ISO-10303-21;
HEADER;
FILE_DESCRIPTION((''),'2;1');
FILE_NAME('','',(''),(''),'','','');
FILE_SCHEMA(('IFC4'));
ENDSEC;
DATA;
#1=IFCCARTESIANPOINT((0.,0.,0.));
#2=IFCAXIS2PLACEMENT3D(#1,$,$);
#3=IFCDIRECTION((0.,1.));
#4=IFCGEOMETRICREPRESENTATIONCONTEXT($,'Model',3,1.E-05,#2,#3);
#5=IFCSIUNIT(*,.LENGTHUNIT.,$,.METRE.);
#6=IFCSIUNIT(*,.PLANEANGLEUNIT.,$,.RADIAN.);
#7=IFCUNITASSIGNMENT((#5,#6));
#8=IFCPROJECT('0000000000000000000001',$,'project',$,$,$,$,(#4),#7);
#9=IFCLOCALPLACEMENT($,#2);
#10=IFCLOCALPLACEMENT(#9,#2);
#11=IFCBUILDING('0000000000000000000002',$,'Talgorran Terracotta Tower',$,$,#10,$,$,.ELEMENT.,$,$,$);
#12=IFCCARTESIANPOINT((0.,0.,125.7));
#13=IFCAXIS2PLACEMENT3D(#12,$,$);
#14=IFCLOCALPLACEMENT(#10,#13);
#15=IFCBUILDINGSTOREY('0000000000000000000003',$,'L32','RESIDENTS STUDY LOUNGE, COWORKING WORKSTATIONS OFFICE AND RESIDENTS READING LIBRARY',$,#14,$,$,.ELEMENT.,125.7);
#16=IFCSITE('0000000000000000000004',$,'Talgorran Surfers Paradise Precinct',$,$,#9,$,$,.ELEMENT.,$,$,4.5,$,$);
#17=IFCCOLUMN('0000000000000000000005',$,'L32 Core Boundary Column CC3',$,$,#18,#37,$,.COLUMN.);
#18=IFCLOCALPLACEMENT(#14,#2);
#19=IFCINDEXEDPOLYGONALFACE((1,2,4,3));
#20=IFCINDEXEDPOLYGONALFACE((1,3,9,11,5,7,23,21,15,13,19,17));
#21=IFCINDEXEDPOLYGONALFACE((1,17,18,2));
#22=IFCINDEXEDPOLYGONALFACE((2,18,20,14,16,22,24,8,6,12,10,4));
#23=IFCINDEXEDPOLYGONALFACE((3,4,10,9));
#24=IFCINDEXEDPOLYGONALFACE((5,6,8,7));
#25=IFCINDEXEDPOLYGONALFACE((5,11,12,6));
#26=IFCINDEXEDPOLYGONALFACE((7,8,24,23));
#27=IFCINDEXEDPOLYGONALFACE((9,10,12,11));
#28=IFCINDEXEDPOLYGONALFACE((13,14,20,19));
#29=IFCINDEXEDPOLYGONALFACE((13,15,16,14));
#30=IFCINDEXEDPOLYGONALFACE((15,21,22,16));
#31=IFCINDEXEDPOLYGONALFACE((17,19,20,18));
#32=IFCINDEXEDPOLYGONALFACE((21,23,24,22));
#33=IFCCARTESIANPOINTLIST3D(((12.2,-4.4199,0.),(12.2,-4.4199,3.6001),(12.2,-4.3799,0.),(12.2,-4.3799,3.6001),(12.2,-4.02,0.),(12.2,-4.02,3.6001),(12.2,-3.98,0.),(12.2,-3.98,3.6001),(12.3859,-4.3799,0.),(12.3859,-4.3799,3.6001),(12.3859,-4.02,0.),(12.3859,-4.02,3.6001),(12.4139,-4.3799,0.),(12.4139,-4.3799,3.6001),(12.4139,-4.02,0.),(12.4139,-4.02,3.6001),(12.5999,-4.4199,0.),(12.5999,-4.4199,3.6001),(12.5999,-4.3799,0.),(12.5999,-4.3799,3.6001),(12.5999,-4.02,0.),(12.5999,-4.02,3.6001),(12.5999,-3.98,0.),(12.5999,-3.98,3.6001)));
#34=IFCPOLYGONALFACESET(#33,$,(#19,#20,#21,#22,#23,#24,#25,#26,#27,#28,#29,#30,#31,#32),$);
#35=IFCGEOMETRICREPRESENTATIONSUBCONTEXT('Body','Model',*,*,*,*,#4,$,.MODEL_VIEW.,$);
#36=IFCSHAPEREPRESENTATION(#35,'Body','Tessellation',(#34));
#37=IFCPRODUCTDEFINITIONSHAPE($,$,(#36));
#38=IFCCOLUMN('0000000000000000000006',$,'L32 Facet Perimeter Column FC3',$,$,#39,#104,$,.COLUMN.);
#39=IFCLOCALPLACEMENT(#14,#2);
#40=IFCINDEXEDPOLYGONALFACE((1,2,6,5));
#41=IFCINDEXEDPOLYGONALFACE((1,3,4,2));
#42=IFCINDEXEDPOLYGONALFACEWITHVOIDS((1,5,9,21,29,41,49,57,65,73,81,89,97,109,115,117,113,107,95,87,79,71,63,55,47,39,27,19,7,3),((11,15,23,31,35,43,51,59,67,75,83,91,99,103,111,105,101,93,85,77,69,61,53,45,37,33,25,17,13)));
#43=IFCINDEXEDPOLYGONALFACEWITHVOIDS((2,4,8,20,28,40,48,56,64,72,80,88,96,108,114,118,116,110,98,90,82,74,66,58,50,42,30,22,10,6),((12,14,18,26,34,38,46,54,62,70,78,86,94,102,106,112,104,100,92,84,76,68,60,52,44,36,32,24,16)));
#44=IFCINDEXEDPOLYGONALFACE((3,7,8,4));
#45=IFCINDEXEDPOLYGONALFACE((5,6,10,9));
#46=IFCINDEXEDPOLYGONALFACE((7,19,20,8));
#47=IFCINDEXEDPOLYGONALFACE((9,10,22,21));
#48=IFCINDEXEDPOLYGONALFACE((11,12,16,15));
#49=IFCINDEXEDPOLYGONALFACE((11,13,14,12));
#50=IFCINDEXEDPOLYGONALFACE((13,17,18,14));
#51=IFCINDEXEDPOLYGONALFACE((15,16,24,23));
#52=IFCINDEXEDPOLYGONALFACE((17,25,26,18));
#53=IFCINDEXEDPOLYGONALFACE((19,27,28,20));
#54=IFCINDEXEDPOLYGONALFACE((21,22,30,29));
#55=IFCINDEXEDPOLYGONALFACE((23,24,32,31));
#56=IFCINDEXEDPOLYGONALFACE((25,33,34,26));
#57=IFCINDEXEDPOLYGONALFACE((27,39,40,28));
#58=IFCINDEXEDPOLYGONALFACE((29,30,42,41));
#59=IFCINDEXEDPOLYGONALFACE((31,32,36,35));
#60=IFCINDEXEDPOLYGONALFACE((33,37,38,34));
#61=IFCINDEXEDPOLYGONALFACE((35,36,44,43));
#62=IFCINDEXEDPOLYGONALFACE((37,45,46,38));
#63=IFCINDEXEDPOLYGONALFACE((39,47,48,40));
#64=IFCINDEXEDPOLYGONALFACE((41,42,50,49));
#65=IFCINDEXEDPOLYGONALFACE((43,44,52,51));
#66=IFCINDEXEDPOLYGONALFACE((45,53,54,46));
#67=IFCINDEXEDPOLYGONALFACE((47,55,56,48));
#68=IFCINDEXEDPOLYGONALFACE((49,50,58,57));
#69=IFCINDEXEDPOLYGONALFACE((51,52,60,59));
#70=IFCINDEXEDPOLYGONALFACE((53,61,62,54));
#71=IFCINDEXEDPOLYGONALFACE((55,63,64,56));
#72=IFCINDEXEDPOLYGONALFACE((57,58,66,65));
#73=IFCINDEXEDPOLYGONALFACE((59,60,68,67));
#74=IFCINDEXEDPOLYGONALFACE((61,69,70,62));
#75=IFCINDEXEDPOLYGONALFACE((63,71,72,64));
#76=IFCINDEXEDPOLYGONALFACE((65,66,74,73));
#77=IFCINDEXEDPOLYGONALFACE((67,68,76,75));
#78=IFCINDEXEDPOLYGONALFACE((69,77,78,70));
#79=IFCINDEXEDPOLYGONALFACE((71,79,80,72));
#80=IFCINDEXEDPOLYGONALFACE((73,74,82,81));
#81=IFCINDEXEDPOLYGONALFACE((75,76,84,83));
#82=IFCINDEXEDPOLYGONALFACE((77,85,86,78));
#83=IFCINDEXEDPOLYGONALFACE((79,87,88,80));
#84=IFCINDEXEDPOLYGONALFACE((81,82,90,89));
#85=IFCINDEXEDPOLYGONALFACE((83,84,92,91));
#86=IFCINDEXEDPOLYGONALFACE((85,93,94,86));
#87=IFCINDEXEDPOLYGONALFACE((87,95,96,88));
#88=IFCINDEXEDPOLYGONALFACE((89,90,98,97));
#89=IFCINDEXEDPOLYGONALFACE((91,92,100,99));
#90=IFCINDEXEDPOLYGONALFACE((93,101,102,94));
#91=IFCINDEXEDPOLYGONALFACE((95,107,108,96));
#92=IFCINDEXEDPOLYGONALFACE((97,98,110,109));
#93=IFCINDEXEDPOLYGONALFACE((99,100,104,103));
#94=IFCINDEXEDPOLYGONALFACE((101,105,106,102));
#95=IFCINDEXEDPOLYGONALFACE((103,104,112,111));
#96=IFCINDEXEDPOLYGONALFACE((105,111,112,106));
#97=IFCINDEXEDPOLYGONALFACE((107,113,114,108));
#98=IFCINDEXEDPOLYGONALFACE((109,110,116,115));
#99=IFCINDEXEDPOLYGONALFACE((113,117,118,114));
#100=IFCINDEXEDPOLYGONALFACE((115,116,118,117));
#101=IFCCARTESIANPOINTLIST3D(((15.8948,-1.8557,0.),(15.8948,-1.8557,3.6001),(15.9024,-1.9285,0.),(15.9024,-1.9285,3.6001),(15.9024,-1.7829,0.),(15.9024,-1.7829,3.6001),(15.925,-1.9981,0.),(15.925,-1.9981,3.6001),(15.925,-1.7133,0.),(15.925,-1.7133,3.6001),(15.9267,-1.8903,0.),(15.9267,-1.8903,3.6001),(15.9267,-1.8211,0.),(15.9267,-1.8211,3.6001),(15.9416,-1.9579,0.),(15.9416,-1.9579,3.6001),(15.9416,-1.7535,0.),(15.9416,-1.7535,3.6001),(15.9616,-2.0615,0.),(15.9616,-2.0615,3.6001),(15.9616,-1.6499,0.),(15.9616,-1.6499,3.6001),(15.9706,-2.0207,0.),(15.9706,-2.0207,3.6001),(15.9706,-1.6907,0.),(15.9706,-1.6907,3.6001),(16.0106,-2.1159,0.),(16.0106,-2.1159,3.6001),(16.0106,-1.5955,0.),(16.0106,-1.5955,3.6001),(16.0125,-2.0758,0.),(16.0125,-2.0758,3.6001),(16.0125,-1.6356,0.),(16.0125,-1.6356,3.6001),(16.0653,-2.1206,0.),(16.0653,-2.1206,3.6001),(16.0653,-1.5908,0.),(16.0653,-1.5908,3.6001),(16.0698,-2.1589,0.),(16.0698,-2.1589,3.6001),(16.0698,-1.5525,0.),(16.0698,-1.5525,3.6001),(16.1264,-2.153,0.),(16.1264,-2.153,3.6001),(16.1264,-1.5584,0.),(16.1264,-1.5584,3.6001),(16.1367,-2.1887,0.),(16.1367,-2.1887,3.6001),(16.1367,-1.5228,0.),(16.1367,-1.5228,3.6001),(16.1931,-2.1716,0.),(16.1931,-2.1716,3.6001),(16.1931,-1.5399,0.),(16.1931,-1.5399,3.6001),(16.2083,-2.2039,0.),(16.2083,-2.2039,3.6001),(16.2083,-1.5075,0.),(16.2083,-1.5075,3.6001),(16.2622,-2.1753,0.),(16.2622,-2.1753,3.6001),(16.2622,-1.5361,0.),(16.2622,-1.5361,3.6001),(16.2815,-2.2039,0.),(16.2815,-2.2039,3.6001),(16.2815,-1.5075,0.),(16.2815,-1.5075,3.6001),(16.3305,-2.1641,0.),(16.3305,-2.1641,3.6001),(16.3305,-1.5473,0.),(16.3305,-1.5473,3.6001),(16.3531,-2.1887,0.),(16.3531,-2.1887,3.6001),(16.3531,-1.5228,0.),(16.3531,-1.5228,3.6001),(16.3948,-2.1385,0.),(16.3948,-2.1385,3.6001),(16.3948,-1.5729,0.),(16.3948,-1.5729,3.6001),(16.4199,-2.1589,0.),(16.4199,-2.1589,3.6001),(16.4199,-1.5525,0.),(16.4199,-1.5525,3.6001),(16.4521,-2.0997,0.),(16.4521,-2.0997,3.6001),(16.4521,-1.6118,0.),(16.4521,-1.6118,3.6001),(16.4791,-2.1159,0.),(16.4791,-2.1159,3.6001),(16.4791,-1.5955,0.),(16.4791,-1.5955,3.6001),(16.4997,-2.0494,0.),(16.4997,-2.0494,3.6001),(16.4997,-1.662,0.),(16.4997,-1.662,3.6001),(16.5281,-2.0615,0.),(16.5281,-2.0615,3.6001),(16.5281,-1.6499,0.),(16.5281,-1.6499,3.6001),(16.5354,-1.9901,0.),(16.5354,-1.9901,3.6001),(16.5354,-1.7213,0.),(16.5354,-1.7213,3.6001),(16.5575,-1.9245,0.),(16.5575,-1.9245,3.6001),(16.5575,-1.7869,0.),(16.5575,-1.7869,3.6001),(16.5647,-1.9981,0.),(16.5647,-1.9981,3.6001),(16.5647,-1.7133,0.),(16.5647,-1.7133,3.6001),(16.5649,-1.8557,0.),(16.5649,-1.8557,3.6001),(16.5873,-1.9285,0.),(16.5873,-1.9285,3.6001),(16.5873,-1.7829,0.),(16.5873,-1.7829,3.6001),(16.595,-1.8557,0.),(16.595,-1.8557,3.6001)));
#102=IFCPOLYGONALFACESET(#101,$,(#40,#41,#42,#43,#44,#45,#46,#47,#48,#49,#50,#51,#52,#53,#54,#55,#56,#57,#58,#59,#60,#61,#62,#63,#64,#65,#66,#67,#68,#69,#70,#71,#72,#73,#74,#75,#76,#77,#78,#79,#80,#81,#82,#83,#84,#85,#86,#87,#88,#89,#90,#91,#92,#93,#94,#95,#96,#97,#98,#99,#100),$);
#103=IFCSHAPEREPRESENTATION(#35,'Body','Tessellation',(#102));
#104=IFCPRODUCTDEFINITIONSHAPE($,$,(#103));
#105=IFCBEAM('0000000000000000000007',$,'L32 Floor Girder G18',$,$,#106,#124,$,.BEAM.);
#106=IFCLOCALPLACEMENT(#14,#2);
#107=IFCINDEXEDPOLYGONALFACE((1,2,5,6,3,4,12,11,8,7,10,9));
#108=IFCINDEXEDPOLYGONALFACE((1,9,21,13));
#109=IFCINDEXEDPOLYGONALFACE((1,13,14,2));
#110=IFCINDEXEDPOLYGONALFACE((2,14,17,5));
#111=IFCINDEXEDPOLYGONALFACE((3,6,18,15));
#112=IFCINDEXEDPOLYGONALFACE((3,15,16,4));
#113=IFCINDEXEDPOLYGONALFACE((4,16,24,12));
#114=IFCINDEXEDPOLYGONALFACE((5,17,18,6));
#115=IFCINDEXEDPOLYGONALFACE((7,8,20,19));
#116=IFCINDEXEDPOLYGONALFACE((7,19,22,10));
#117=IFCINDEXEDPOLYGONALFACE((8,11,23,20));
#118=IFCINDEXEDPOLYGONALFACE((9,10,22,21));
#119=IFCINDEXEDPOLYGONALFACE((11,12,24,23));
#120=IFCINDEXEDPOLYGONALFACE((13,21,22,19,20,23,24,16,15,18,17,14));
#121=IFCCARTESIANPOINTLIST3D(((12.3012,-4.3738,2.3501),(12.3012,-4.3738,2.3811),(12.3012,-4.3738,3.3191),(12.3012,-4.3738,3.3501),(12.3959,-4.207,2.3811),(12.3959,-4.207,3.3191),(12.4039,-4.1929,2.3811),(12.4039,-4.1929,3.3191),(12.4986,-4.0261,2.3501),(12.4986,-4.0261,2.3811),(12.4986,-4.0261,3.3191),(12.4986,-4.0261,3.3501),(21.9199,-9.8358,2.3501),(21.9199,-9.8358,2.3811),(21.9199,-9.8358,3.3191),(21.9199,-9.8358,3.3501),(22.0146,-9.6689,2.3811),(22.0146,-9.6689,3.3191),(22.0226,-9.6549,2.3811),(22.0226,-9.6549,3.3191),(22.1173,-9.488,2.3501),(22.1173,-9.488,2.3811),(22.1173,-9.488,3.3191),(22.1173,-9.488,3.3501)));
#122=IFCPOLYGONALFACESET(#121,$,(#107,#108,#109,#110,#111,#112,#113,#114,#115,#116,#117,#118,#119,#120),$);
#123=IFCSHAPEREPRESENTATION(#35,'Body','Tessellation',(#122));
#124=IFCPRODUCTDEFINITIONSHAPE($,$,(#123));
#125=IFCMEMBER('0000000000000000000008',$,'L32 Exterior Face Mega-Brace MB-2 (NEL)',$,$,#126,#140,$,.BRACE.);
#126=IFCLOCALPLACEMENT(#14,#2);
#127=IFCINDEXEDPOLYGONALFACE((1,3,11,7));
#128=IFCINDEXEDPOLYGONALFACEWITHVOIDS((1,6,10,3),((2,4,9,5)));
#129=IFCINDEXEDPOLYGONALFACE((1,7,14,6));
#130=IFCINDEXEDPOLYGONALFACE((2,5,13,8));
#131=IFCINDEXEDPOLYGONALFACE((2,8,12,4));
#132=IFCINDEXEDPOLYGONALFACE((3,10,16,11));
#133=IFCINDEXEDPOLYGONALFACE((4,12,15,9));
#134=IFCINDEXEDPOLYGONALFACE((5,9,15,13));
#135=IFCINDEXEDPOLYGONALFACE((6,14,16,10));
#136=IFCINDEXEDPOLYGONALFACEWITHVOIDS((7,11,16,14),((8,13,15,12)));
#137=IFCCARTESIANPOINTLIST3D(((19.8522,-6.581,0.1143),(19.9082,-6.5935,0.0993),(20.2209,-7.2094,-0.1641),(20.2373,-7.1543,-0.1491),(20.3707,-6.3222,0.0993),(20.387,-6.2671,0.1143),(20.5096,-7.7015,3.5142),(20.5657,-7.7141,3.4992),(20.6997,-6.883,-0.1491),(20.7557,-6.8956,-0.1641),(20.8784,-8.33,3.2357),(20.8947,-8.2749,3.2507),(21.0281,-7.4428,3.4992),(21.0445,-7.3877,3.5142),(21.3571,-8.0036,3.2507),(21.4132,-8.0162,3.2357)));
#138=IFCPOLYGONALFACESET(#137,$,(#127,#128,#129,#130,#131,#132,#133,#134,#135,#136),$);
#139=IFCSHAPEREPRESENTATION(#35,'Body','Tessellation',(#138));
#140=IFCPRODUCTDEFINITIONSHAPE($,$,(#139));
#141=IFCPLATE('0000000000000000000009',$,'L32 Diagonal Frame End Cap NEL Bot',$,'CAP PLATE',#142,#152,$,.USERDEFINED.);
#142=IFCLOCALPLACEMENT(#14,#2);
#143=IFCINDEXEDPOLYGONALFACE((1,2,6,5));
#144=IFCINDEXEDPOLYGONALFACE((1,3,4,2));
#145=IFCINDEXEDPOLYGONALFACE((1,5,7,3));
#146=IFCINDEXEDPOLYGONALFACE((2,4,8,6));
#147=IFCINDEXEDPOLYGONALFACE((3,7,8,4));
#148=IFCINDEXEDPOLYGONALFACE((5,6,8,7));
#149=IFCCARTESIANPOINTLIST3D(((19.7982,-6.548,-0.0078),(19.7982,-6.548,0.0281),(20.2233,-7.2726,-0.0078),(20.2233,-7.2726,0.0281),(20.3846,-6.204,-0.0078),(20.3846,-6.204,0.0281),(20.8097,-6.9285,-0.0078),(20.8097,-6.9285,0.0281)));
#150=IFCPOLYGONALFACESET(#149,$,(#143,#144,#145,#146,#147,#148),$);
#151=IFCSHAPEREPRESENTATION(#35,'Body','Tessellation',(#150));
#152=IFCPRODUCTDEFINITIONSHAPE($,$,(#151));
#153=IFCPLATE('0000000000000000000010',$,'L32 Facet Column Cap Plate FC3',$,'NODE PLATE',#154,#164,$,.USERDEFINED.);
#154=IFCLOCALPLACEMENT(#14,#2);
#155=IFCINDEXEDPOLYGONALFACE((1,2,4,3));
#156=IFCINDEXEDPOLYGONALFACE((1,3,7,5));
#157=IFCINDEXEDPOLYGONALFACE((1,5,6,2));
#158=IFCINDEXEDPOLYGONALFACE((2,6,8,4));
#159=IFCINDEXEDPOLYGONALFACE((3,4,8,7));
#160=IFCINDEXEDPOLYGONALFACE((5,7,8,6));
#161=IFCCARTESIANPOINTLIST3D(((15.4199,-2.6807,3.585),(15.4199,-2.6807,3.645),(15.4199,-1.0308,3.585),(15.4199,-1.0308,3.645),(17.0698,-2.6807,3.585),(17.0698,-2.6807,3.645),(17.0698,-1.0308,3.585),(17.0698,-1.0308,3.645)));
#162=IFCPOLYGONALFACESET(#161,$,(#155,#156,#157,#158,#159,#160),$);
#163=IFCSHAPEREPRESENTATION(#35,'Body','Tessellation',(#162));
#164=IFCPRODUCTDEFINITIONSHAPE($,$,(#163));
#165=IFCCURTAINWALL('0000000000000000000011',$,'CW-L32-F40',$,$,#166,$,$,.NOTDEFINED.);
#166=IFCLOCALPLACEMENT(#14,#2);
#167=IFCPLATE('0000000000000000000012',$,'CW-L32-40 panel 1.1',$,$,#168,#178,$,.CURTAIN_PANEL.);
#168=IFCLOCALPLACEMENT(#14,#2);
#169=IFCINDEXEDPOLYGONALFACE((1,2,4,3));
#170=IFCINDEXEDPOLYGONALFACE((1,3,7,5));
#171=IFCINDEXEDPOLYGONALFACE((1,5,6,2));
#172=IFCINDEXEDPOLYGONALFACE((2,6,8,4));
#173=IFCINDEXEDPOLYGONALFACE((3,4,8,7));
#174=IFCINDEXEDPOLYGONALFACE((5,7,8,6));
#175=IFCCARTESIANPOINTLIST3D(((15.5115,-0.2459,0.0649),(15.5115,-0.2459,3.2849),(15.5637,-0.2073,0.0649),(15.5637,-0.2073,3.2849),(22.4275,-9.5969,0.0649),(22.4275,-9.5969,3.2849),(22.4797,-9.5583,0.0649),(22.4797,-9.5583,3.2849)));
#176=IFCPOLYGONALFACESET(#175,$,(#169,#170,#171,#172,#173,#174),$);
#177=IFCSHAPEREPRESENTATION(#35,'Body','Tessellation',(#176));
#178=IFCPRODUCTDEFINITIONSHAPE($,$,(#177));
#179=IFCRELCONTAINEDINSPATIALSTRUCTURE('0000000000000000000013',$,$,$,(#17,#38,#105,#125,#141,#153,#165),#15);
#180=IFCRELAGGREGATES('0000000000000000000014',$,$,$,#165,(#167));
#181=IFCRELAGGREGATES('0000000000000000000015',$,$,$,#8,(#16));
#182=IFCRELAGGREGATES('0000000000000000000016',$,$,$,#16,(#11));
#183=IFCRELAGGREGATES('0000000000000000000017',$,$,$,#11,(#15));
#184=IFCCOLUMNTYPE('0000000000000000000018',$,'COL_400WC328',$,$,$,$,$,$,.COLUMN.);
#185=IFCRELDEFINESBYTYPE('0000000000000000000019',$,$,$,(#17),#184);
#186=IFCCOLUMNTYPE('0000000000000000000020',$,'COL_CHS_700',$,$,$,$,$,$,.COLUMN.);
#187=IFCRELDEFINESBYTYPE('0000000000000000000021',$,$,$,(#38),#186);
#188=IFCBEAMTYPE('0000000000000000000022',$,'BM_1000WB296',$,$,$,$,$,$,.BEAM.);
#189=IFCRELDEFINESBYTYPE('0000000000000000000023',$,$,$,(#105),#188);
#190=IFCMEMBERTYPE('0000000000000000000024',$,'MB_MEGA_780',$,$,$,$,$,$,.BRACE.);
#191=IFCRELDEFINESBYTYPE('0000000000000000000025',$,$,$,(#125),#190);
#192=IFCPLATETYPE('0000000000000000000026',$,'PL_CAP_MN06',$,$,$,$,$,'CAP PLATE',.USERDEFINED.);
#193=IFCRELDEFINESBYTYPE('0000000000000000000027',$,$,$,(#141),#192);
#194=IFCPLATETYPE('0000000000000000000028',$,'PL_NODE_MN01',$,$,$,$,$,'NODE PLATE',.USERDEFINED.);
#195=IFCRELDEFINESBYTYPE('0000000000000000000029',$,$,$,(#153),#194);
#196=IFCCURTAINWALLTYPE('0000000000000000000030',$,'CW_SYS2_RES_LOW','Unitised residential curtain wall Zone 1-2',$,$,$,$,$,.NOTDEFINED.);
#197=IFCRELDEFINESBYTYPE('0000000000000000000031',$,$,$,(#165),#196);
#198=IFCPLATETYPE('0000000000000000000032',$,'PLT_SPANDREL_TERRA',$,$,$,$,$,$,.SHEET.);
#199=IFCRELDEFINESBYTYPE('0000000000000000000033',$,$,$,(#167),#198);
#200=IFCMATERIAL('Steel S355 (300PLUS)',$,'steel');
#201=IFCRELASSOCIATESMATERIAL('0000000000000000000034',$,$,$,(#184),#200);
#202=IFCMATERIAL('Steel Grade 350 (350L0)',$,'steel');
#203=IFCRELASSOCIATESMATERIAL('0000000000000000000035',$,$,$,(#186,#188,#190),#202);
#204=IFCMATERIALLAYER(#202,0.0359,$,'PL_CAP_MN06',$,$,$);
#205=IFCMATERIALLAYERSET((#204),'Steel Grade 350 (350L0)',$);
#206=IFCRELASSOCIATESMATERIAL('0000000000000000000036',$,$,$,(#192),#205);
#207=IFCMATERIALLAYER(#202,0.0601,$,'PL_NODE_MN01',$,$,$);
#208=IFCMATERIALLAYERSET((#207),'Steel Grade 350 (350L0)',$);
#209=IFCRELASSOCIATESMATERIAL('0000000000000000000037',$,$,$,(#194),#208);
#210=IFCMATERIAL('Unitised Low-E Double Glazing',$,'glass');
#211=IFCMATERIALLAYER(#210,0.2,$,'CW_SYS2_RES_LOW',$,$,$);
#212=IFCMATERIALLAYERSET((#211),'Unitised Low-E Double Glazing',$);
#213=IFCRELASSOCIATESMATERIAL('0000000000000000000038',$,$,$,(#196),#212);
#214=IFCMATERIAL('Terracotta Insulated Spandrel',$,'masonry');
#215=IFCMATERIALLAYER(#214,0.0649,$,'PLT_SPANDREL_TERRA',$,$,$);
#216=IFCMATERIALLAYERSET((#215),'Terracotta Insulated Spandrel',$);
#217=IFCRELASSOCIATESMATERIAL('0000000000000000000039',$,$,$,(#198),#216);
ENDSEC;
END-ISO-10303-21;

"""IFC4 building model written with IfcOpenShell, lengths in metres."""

from ifc_helpers import new_model, si_unit, direction, frame, origin, origin_2d, place, context, subcontext, project, spatial, rectangle, hollow_rectangle, hollow_circle, i_section, extrude, source, transform, mapped, material, layer, layer_set, material_profile, profile_set, type_object, type_shapes, element, aggregate, save


model = new_model("IFC4")

# Units and contexts
model_context = context("Model", 3, precision=1e-05, world=origin(), true_north=direction((0.0, 1.0)))
body_context = subcontext(model_context, "Body", "Model", "MODEL_VIEW")
ifc_project = project(units=[si_unit("LENGTHUNIT", "METRE"), si_unit("PLANEANGLEUNIT", "RADIAN")], contexts=[model_context])

# Site, building, storey
site_placement = place(None, origin())
site = spatial("IfcSite", under=ifc_project, at=site_placement, Name="Talgorran Surfers Paradise Precinct", CompositionType="ELEMENT", RefElevation=4.5)
building_placement = place(site_placement, origin())
building = spatial("IfcBuilding", under=site, at=building_placement, Name="Talgorran Terracotta Tower", CompositionType="ELEMENT")
storey_placement = place(building_placement, frame((0.0, 0.0, 125.7)))
storey = spatial("IfcBuildingStorey", under=building, at=storey_placement, Name="L32", Description="RESIDENTS STUDY LOUNGE, COWORKING WORKSTATIONS OFFICE AND RESIDENTS READING LIBRARY", CompositionType="ELEMENT", Elevation=125.7)

# Columns
ifc_material_1 = material(Name="Steel S355 (300PLUS)", Category="steel")
ifc_material_profile_1 = material_profile(ifc_material_1, i_section(OverallWidth=0.3999, OverallDepth=0.4399, WebThickness=0.0281, FlangeThickness=0.04, at=origin_2d()), Name="400WC328")
ifc_profile_set_1 = profile_set([ifc_material_profile_1], Name="Steel S355 (300PLUS)")
column_type_1 = type_object("IfcColumnType", Name="COL_400WC328", PredefinedType="COLUMN", material=ifc_profile_set_1)
column_1_placement = place(storey_placement, frame((12.3999, -4.2, 0.0), z_axis=(0.0, 0.0, 1.0), x_axis=(1.0, 0.0, 0.0)))
element("IfcColumn", 1, at=column_1_placement, inside=storey, type_object=column_type_1, Name="L32 Core Boundary Column CC3", PredefinedType="COLUMN", context=body_context, shape_type="SweptSolid", body=[
    extrude(i_section(OverallWidth=0.3999, OverallDepth=0.4399, WebThickness=0.0281, FlangeThickness=0.04, at=origin_2d()), origin(), (0.0, 0.0, 1.0), 3.6001),
])
ifc_material_2 = material(Name="Steel Grade 350 (350L0)", Category="steel")
ifc_material_profile_2 = material_profile(ifc_material_2, hollow_circle(Radius=0.3501, WallThickness=0.03, at=origin_2d()), Name="CHS700X30")
ifc_profile_set_2 = profile_set([ifc_material_profile_2], Name="Steel Grade 350 (350L0)")
column_type_2 = type_object("IfcColumnType", Name="COL_CHS_700", PredefinedType="COLUMN", material=ifc_profile_set_2)
column_2_placement = place(storey_placement, frame((16.2449, -1.8557, 0.0), z_axis=(0.0, 0.0, 1.0), x_axis=(1.0, 0.0, 0.0)))
element("IfcColumn", 2, at=column_2_placement, inside=storey, type_object=column_type_2, Name="L32 Facet Perimeter Column FC3", PredefinedType="COLUMN", context=body_context, shape_type="SweptSolid", body=[
    extrude(hollow_circle(Radius=0.3501, WallThickness=0.03, at=origin_2d()), origin(), (0.0, 0.0, 1.0), 3.6001),
])

# Beam
ifc_material_profile_3 = material_profile(ifc_material_2, i_section(OverallWidth=0.3999, OverallDepth=1.0, WebThickness=0.0161, FlangeThickness=0.031, at=origin_2d()), Name="1000WB296")
ifc_profile_set_3 = profile_set([ifc_material_profile_3], Name="Steel Grade 350 (350L0)")
beam_type = type_object("IfcBeamType", Name="BM_1000WB296", PredefinedType="BEAM", material=ifc_profile_set_3)
beam_placement = place(storey_placement, frame((12.3999, -4.2, 2.8501), z_axis=(0.869582, -0.493789, 0.0), x_axis=(0.493789, 0.869582, 0.0)))
element("IfcBeam", 3, at=beam_placement, inside=storey, type_object=beam_type, Name="L32 Floor Girder G18", PredefinedType="BEAM", context=body_context, shape_type="SweptSolid", body=[
    extrude(i_section(OverallWidth=0.3999, OverallDepth=1.0, WebThickness=0.0161, FlangeThickness=0.031, at=origin_2d()), origin(), (0.0, 0.0, 1.0), 11.0613),
])

# Member
ifc_material_profile_4 = material_profile(ifc_material_2, hollow_rectangle(XDim=0.6201, YDim=0.78, WallThickness=0.042, at=origin_2d()), Name="WBOX780X620X42")
ifc_profile_set_4 = profile_set([ifc_material_profile_4], Name="Steel Grade 350 (350L0)")
member_type = type_object("IfcMemberType", Name="MB_MEGA_780", PredefinedType="BRACE", material=ifc_profile_set_4)
member_placement = place(storey_placement, frame((20.304, -6.7383, -0.0249), z_axis=(0.180639, -0.307885, 0.934118), x_axis=(0.862509, 0.506043, 0.0)))
element("IfcMember", 4, at=member_placement, inside=storey, type_object=member_type, Name="L32 Exterior Face Mega-Brace MB-2 (NEL)", PredefinedType="BRACE", context=body_context, shape_type="SweptSolid", body=[
    extrude(hollow_rectangle(XDim=0.6201, YDim=0.78, WallThickness=0.042, at=origin_2d()), origin(), (0.0, 0.0, 1.0), 3.6396),
])

# Plates
ifc_layer_1 = layer(ifc_material_2, 0.0359, Name="PL_CAP_MN06")
ifc_layer_set_1 = layer_set([ifc_layer_1], Name="Steel Grade 350 (350L0)")
plate_type_1 = type_object("IfcPlateType", Name="PL_CAP_MN06", ElementType="CAP PLATE", PredefinedType="USERDEFINED", material=ifc_layer_set_1)
plate_1_placement = place(storey_placement, frame((20.304, -6.7383, -0.0078), z_axis=(0.0, 0.0, 1.0), x_axis=(0.506034, -0.862514, 0.0)))
element("IfcPlate", 5, at=plate_1_placement, inside=storey, type_object=plate_type_1, Name="L32 Diagonal Frame End Cap NEL Bot", ObjectType="CAP PLATE", PredefinedType="USERDEFINED", context=body_context, shape_type="SweptSolid", body=[
    extrude(rectangle(XDim=0.8401, YDim=0.6799, at=origin_2d()), origin(), (0.0, 0.0, 1.0), 0.0359),
])
ifc_layer_2 = layer(ifc_material_2, 0.0601, Name="PL_NODE_MN01")
ifc_layer_set_2 = layer_set([ifc_layer_2], Name="Steel Grade 350 (350L0)")
plate_type_2 = type_object("IfcPlateType", Name="PL_NODE_MN01", ElementType="NODE PLATE", PredefinedType="USERDEFINED", material=ifc_layer_set_2)
plate_2_placement = place(storey_placement, frame((16.2449, -1.8557, 3.585), z_axis=(0.0, 0.0, 1.0), x_axis=(1.0, 0.0, 0.0)))
element("IfcPlate", 6, at=plate_2_placement, inside=storey, type_object=plate_type_2, Name="L32 Facet Column Cap Plate FC3", ObjectType="NODE PLATE", PredefinedType="USERDEFINED", context=body_context, shape_type="SweptSolid", body=[
    extrude(rectangle(XDim=1.6499, YDim=1.6499, at=origin_2d()), origin(), (0.0, 0.0, 1.0), 0.0601),
])

# Curtain wall, plate
ifc_material_3 = material(Name="Unitised Low-E Double Glazing", Category="glass")
ifc_layer_3 = layer(ifc_material_3, 0.2, Name="CW_SYS2_RES_LOW")
ifc_layer_set_3 = layer_set([ifc_layer_3], Name="Unitised Low-E Double Glazing")
curtain_wall_type = type_object("IfcCurtainWallType", Name="CW_SYS2_RES_LOW", Description="Unitised residential curtain wall Zone 1-2", PredefinedType="NOTDEFINED", material=ifc_layer_set_3)
curtain_wall_placement = place(storey_placement, origin())
curtain_wall = element("IfcCurtainWall", 7, at=curtain_wall_placement, inside=storey, type_object=curtain_wall_type, Name="CW-L32-F40", PredefinedType="NOTDEFINED")
ifc_material_4 = material(Name="Terracotta Insulated Spandrel", Category="masonry")
ifc_layer_4 = layer(ifc_material_4, 0.0649, Name="PLT_SPANDREL_TERRA")
ifc_layer_set_4 = layer_set([ifc_layer_4], Name="Terracotta Insulated Spandrel")
plate_type_3 = type_object("IfcPlateType", Name="PLT_SPANDREL_TERRA", PredefinedType="SHEET", material=ifc_layer_set_4)
shared_shape = source(origin(), body_context, "Body", "SweptSolid", [
    extrude(rectangle(XDim=11.6306, YDim=0.0649, at=origin_2d()), origin(), (0.0, 0.0, 1.0), 3.22),
])
type_shapes(plate_type_3, [shared_shape])
plate_3_placement = place(storey_placement, frame((18.9956, -4.9021, 0.0649), z_axis=(0.0, 0.0, 1.0), x_axis=(-0.59464, 0.803992, 0.0)))
plate_3 = element("IfcPlate", 8, at=plate_3_placement, type_object=plate_type_3, Name="CW-L32-40 panel 1.1", PredefinedType="CURTAIN_PANEL", context=body_context, shape_type="MappedRepresentation", body=[
    mapped(shared_shape, transform((0.0, 0.0, 0.0), scale=1.0)),
])
aggregate(curtain_wall, [plate_3])

save(model, "model.ifc")
